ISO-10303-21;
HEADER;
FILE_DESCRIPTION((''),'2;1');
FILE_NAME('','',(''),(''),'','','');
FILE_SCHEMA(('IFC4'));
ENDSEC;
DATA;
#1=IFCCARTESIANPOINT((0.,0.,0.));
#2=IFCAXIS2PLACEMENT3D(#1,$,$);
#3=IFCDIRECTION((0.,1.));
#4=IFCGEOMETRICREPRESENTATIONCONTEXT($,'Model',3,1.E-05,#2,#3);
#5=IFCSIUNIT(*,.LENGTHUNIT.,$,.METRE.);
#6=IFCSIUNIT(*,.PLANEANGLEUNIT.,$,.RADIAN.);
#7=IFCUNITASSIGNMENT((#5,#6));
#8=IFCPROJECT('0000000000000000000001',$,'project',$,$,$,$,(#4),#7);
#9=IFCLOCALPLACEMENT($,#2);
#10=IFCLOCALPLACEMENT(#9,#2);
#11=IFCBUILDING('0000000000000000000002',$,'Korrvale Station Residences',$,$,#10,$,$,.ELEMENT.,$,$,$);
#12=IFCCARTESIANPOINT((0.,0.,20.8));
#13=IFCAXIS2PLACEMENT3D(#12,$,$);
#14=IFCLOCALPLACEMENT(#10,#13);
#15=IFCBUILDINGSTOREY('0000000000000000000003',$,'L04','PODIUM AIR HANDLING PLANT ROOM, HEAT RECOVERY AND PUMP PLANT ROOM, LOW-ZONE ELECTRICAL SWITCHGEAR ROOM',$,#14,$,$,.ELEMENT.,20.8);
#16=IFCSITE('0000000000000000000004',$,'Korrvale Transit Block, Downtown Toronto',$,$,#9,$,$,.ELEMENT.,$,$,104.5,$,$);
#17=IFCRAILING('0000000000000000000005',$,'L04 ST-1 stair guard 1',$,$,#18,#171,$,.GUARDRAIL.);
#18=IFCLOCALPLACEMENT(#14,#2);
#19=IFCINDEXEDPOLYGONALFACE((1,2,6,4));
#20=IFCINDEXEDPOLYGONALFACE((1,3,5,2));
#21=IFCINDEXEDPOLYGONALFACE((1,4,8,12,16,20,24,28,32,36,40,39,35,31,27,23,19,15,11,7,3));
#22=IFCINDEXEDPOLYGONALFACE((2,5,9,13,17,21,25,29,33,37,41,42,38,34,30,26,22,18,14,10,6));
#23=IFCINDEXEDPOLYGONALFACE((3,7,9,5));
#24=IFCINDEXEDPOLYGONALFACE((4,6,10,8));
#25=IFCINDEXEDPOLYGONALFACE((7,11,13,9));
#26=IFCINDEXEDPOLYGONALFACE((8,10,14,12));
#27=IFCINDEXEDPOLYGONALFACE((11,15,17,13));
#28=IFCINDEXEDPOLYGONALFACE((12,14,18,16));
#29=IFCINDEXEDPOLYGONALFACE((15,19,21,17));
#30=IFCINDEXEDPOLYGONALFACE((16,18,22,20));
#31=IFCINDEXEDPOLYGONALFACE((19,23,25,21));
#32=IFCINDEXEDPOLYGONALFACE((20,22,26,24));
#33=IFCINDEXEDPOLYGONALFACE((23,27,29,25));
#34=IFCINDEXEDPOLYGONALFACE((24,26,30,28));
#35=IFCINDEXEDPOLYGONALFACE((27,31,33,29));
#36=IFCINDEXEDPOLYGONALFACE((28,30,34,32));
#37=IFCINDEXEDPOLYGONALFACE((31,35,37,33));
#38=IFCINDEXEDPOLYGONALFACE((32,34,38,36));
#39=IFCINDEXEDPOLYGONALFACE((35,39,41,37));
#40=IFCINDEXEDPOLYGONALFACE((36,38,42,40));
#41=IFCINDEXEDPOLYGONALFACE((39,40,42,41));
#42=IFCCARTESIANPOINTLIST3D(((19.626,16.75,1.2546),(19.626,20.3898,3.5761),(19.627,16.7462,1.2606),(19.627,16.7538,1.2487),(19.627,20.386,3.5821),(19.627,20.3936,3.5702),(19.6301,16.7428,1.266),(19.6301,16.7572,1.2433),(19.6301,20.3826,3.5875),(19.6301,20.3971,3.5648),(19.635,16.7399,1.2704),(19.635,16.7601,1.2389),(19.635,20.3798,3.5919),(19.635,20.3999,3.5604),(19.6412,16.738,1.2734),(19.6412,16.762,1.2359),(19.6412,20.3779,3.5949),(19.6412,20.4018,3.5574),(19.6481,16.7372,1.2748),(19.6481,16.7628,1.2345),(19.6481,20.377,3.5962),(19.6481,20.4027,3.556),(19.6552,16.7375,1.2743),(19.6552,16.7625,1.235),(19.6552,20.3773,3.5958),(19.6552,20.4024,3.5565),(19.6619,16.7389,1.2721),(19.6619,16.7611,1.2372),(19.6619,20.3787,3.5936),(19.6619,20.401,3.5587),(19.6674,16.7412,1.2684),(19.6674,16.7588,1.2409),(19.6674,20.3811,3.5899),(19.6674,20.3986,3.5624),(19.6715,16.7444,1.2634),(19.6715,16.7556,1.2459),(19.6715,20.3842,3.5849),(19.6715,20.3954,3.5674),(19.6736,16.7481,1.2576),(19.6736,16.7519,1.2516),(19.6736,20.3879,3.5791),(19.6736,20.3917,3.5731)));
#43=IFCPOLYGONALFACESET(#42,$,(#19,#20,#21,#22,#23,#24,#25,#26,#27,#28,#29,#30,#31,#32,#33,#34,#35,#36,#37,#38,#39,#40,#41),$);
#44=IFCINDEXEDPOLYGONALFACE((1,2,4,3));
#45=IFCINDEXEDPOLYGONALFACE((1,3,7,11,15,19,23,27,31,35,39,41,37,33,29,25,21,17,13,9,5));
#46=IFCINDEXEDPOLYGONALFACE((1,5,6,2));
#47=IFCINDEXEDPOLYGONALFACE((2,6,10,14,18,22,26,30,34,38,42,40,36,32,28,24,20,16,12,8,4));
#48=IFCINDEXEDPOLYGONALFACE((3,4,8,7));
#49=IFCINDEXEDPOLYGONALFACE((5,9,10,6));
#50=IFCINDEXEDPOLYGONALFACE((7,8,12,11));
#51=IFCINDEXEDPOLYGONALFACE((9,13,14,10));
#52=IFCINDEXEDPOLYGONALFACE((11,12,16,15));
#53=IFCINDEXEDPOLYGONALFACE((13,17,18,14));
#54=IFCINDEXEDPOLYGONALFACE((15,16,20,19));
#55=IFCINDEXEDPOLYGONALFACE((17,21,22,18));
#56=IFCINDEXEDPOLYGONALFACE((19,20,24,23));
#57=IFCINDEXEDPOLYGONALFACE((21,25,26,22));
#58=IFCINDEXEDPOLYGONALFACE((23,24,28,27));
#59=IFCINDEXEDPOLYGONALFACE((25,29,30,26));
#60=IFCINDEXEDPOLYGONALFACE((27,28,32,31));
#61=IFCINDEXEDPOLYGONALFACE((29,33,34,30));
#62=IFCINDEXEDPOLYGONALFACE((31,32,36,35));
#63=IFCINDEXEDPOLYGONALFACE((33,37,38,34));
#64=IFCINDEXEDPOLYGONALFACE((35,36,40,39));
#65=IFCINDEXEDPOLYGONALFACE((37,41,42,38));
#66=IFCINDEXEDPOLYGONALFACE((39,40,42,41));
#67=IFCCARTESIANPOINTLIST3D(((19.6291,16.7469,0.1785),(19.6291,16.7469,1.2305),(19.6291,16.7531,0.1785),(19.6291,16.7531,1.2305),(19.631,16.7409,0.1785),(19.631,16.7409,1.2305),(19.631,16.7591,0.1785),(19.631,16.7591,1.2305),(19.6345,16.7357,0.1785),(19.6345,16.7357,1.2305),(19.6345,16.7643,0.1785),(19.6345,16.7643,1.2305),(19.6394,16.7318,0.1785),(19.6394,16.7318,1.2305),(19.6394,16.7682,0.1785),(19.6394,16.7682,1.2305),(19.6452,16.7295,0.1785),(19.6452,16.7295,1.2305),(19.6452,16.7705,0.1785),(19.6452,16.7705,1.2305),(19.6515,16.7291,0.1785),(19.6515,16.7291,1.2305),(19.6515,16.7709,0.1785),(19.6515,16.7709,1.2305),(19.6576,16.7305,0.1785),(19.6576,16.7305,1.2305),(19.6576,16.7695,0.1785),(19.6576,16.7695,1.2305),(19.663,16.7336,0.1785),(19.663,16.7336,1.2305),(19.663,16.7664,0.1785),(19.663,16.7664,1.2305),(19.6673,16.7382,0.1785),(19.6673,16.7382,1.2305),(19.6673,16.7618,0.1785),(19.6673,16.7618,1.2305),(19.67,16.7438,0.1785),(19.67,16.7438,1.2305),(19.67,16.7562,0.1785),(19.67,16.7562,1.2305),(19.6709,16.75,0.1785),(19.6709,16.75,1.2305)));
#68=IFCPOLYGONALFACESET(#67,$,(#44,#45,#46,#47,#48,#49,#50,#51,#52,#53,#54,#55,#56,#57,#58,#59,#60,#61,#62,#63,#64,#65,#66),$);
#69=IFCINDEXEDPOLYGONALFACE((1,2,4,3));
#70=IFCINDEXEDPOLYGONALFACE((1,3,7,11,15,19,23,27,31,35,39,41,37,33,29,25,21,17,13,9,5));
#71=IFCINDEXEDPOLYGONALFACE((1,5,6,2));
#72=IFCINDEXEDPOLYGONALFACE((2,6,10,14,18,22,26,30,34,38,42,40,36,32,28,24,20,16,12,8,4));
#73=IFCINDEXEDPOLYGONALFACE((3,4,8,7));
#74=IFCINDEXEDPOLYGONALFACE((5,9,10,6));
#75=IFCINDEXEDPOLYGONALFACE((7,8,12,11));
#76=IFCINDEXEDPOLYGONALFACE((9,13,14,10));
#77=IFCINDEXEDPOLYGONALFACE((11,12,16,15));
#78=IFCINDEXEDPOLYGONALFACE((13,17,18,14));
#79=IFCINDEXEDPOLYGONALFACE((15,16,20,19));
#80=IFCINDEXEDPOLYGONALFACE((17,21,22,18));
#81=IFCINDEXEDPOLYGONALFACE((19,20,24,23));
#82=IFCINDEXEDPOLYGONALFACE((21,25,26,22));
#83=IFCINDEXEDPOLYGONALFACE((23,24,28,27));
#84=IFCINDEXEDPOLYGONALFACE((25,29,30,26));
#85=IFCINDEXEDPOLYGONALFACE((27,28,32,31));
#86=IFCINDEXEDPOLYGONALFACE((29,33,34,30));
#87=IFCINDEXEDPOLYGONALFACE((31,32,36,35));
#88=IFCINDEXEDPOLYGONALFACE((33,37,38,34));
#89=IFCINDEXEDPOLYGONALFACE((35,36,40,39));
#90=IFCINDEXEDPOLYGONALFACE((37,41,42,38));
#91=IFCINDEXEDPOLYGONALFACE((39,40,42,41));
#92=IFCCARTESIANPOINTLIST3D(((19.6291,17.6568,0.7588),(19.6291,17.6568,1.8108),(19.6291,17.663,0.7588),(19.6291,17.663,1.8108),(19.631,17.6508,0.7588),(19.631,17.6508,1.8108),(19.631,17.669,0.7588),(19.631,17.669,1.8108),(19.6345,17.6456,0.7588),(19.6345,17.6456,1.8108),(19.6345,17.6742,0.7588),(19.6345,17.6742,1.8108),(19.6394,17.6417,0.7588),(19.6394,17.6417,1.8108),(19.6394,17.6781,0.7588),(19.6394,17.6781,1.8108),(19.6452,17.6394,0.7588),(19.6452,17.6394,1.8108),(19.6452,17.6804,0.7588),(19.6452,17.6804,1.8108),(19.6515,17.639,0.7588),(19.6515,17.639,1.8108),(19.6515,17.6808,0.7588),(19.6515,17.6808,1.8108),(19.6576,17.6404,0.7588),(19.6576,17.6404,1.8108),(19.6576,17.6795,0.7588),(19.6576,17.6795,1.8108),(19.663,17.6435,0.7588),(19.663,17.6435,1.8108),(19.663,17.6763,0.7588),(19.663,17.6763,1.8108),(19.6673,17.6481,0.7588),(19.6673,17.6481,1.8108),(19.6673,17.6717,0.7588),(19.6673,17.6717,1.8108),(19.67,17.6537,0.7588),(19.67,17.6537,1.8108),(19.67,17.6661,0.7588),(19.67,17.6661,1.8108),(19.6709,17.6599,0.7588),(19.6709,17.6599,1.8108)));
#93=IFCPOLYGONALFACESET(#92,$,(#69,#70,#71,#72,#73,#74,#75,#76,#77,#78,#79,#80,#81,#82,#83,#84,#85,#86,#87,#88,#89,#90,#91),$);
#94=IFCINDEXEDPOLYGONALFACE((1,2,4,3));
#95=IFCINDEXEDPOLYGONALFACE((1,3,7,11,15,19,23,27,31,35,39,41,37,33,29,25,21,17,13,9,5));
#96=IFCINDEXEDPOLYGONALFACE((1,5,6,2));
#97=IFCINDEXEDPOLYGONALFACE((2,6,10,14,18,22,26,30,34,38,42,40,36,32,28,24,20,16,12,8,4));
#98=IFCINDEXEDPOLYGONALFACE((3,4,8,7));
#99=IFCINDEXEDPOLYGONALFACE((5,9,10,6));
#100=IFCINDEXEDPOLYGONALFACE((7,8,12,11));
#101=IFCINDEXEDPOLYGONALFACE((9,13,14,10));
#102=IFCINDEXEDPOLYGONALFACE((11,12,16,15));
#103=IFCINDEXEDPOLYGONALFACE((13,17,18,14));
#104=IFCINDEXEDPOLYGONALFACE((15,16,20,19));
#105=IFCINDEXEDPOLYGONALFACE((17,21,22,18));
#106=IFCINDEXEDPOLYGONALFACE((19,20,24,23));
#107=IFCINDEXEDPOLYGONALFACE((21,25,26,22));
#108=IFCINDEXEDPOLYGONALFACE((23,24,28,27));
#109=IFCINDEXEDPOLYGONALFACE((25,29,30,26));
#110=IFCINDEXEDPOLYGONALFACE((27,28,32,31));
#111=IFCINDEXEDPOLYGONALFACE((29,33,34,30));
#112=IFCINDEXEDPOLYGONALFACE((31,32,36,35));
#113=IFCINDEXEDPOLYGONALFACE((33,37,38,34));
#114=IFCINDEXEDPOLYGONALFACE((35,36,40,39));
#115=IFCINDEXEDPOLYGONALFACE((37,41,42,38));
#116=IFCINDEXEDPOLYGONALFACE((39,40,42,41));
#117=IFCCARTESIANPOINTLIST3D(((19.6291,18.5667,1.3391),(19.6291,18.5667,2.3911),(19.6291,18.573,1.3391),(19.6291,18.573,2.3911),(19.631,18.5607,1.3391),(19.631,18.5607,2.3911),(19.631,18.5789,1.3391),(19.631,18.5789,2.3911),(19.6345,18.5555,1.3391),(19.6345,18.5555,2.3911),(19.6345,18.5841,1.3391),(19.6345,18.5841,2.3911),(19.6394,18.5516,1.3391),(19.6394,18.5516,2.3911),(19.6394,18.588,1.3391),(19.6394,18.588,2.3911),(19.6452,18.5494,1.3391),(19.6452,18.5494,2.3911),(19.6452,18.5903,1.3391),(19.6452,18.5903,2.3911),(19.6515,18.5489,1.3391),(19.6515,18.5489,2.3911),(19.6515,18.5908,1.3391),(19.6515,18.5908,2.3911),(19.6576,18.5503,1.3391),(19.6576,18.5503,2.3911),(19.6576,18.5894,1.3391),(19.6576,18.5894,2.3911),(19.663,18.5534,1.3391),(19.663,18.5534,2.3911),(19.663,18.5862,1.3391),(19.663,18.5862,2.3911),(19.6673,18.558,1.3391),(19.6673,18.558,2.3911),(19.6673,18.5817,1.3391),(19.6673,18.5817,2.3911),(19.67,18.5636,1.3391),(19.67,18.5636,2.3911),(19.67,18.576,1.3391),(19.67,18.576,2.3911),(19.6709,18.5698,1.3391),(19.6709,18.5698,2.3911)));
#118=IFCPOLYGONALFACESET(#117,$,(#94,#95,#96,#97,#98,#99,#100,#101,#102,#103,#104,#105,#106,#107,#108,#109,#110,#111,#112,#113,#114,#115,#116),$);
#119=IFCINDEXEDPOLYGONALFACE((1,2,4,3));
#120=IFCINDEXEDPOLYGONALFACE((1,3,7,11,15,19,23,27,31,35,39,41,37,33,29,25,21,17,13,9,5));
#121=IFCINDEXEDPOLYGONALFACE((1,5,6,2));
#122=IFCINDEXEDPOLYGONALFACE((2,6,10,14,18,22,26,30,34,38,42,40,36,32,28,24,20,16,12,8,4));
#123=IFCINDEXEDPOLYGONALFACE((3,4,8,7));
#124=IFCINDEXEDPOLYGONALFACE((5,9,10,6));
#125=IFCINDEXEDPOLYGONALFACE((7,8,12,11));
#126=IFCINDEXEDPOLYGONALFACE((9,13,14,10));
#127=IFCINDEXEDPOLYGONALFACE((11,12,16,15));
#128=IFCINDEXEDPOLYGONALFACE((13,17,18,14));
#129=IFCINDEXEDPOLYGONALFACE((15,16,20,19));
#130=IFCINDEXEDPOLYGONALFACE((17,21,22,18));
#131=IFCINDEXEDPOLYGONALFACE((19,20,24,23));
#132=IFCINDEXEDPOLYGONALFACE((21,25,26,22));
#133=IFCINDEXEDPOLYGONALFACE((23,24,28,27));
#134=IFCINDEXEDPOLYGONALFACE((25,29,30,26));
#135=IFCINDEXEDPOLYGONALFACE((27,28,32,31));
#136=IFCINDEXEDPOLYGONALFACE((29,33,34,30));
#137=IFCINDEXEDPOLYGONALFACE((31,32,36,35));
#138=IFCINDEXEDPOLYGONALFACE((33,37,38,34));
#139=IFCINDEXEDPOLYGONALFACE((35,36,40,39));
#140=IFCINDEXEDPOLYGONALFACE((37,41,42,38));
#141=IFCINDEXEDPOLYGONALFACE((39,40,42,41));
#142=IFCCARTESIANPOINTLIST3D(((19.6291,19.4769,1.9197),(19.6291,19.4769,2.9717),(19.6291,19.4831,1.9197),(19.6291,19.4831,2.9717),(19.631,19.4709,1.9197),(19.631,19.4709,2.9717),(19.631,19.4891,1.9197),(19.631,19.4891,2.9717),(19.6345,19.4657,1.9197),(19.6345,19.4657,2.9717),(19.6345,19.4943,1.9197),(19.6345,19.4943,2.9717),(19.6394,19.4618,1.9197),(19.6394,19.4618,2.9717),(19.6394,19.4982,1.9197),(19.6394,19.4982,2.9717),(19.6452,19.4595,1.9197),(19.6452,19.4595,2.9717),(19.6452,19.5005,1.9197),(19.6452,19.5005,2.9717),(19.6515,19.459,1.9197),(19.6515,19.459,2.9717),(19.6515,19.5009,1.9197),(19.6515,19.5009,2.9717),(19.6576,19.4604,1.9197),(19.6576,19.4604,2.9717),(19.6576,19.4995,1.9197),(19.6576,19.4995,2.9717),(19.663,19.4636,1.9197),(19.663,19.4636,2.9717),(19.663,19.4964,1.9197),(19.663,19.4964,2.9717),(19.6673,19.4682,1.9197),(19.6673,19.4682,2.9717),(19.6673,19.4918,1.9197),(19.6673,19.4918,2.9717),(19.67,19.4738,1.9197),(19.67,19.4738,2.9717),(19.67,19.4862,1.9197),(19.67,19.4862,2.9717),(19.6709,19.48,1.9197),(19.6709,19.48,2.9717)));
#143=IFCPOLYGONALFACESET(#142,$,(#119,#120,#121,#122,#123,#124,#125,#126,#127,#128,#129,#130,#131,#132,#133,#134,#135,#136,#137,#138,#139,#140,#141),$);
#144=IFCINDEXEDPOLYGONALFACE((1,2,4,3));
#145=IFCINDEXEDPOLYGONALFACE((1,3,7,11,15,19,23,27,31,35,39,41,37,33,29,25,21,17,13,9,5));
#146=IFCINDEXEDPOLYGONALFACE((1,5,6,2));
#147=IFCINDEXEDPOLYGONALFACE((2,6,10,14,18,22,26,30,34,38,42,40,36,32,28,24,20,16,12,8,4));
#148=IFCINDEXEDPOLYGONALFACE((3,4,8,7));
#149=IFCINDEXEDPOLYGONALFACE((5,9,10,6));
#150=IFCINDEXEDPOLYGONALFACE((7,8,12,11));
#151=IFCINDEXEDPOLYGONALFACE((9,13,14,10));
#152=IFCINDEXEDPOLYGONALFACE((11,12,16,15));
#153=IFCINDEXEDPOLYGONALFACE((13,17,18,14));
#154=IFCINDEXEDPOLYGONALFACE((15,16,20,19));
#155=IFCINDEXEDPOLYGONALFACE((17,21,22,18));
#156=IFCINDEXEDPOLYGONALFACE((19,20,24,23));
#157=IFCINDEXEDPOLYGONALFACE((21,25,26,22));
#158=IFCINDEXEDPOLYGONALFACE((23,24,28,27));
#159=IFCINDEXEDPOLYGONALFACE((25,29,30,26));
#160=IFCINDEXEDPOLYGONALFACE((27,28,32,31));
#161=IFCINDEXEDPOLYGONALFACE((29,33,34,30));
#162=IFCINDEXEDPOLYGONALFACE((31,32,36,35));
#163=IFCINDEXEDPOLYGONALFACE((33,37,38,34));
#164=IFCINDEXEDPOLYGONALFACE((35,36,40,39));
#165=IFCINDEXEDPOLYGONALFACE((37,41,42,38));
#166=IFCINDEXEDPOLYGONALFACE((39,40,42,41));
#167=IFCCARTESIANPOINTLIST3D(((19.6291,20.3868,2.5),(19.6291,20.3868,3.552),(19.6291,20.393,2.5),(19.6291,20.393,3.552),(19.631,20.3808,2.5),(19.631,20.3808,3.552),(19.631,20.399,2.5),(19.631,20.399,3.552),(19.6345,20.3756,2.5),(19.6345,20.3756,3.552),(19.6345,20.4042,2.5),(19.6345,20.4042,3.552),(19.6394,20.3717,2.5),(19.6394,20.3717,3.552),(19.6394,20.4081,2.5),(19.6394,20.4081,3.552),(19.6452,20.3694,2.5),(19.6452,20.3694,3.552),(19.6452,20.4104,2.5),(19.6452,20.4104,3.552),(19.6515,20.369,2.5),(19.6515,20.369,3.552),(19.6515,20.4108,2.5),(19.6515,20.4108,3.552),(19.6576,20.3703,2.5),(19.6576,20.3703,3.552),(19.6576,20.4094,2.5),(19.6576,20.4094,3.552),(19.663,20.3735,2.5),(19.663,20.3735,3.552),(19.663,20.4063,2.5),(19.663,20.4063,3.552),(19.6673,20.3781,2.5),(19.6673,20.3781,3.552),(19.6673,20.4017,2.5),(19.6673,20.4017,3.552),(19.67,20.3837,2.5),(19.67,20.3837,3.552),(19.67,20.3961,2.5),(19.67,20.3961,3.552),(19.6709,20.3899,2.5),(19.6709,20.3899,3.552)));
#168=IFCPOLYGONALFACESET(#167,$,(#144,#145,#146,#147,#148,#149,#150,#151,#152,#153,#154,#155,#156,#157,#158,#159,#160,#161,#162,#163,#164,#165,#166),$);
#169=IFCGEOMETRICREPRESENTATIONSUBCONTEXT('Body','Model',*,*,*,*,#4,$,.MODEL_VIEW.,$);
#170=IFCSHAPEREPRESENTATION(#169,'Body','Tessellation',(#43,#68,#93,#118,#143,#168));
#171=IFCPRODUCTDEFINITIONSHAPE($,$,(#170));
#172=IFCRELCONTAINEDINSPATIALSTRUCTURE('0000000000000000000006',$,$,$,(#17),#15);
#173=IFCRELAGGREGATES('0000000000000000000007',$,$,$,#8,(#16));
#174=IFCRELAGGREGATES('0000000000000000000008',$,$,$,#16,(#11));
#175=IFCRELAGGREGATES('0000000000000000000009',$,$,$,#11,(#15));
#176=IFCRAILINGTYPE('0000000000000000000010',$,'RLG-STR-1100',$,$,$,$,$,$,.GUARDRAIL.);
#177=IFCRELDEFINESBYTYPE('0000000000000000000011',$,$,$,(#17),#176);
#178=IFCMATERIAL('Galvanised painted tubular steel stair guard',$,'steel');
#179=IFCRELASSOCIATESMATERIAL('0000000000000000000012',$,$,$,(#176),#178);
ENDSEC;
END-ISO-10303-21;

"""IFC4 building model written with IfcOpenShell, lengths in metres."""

from ifc_helpers import new_model, si_unit, direction, frame, origin, origin_2d, place, context, subcontext, project, spatial, circle, extrude, material, type_object, element, save


model = new_model("IFC4")

# Units and contexts
model_context = context("Model", 3, precision=1e-05, world=origin(), true_north=direction((0.0, 1.0)))
body_context = subcontext(model_context, "Body", "Model", "MODEL_VIEW")
ifc_project = project(units=[si_unit("LENGTHUNIT", "METRE"), si_unit("PLANEANGLEUNIT", "RADIAN")], contexts=[model_context])

# Site, building, storey
site_placement = place(None, origin())
site = spatial("IfcSite", under=ifc_project, at=site_placement, Name="Korrvale Transit Block, Downtown Toronto", CompositionType="ELEMENT", RefElevation=104.5)
building_placement = place(site_placement, origin())
building = spatial("IfcBuilding", under=site, at=building_placement, Name="Korrvale Station Residences", CompositionType="ELEMENT")
storey_placement = place(building_placement, frame((0.0, 0.0, 20.8)))
storey = spatial("IfcBuildingStorey", under=building, at=storey_placement, Name="L04", Description="PODIUM AIR HANDLING PLANT ROOM, HEAT RECOVERY AND PUMP PLANT ROOM, LOW-ZONE ELECTRICAL SWITCHGEAR ROOM", CompositionType="ELEMENT", Elevation=20.8)

# Railing
ifc_material_1 = material(Name="Galvanised painted tubular steel stair guard", Category="steel")
railing_type_1 = type_object("IfcRailingType", Name="RLG-STR-1100", PredefinedType="GUARDRAIL", material=ifc_material_1)
railing_1_placement = place(storey_placement, frame((19.6499, 16.75, 0.1785)))
element("IfcRailing", 1, at=railing_1_placement, inside=storey, type_object=railing_type_1, Name="L04 ST-1 stair guard 1", PredefinedType="GUARDRAIL", context=body_context, shape_type="SweptSolid", body=[
    extrude(circle(Radius=0.0239, at=origin_2d()), frame((0.0, 0.0, 1.0762), z_axis=(0.0, 0.843112, 0.537739), x_axis=(-1.0, 0.0, 0.0)), (0.0, 0.0, 1.0), 4.3171),
    extrude(circle(Radius=0.021, at=origin_2d()), origin(), (0.0, 0.0, 1.0), 1.052),
    extrude(circle(Radius=0.021, at=origin_2d()), frame((0.0, 0.9099, 0.5803)), (0.0, 0.0, 1.0), 1.052),
    extrude(circle(Radius=0.021, at=origin_2d()), frame((0.0, 1.8198, 1.1606)), (0.0, 0.0, 1.0), 1.052),
    extrude(circle(Radius=0.021, at=origin_2d()), frame((0.0, 2.73, 1.7412)), (0.0, 0.0, 1.0), 1.052),
    extrude(circle(Radius=0.021, at=origin_2d()), frame((0.0, 3.6399, 2.3215)), (0.0, 0.0, 1.0), 1.052),
])

save(model, "model.ifc")
